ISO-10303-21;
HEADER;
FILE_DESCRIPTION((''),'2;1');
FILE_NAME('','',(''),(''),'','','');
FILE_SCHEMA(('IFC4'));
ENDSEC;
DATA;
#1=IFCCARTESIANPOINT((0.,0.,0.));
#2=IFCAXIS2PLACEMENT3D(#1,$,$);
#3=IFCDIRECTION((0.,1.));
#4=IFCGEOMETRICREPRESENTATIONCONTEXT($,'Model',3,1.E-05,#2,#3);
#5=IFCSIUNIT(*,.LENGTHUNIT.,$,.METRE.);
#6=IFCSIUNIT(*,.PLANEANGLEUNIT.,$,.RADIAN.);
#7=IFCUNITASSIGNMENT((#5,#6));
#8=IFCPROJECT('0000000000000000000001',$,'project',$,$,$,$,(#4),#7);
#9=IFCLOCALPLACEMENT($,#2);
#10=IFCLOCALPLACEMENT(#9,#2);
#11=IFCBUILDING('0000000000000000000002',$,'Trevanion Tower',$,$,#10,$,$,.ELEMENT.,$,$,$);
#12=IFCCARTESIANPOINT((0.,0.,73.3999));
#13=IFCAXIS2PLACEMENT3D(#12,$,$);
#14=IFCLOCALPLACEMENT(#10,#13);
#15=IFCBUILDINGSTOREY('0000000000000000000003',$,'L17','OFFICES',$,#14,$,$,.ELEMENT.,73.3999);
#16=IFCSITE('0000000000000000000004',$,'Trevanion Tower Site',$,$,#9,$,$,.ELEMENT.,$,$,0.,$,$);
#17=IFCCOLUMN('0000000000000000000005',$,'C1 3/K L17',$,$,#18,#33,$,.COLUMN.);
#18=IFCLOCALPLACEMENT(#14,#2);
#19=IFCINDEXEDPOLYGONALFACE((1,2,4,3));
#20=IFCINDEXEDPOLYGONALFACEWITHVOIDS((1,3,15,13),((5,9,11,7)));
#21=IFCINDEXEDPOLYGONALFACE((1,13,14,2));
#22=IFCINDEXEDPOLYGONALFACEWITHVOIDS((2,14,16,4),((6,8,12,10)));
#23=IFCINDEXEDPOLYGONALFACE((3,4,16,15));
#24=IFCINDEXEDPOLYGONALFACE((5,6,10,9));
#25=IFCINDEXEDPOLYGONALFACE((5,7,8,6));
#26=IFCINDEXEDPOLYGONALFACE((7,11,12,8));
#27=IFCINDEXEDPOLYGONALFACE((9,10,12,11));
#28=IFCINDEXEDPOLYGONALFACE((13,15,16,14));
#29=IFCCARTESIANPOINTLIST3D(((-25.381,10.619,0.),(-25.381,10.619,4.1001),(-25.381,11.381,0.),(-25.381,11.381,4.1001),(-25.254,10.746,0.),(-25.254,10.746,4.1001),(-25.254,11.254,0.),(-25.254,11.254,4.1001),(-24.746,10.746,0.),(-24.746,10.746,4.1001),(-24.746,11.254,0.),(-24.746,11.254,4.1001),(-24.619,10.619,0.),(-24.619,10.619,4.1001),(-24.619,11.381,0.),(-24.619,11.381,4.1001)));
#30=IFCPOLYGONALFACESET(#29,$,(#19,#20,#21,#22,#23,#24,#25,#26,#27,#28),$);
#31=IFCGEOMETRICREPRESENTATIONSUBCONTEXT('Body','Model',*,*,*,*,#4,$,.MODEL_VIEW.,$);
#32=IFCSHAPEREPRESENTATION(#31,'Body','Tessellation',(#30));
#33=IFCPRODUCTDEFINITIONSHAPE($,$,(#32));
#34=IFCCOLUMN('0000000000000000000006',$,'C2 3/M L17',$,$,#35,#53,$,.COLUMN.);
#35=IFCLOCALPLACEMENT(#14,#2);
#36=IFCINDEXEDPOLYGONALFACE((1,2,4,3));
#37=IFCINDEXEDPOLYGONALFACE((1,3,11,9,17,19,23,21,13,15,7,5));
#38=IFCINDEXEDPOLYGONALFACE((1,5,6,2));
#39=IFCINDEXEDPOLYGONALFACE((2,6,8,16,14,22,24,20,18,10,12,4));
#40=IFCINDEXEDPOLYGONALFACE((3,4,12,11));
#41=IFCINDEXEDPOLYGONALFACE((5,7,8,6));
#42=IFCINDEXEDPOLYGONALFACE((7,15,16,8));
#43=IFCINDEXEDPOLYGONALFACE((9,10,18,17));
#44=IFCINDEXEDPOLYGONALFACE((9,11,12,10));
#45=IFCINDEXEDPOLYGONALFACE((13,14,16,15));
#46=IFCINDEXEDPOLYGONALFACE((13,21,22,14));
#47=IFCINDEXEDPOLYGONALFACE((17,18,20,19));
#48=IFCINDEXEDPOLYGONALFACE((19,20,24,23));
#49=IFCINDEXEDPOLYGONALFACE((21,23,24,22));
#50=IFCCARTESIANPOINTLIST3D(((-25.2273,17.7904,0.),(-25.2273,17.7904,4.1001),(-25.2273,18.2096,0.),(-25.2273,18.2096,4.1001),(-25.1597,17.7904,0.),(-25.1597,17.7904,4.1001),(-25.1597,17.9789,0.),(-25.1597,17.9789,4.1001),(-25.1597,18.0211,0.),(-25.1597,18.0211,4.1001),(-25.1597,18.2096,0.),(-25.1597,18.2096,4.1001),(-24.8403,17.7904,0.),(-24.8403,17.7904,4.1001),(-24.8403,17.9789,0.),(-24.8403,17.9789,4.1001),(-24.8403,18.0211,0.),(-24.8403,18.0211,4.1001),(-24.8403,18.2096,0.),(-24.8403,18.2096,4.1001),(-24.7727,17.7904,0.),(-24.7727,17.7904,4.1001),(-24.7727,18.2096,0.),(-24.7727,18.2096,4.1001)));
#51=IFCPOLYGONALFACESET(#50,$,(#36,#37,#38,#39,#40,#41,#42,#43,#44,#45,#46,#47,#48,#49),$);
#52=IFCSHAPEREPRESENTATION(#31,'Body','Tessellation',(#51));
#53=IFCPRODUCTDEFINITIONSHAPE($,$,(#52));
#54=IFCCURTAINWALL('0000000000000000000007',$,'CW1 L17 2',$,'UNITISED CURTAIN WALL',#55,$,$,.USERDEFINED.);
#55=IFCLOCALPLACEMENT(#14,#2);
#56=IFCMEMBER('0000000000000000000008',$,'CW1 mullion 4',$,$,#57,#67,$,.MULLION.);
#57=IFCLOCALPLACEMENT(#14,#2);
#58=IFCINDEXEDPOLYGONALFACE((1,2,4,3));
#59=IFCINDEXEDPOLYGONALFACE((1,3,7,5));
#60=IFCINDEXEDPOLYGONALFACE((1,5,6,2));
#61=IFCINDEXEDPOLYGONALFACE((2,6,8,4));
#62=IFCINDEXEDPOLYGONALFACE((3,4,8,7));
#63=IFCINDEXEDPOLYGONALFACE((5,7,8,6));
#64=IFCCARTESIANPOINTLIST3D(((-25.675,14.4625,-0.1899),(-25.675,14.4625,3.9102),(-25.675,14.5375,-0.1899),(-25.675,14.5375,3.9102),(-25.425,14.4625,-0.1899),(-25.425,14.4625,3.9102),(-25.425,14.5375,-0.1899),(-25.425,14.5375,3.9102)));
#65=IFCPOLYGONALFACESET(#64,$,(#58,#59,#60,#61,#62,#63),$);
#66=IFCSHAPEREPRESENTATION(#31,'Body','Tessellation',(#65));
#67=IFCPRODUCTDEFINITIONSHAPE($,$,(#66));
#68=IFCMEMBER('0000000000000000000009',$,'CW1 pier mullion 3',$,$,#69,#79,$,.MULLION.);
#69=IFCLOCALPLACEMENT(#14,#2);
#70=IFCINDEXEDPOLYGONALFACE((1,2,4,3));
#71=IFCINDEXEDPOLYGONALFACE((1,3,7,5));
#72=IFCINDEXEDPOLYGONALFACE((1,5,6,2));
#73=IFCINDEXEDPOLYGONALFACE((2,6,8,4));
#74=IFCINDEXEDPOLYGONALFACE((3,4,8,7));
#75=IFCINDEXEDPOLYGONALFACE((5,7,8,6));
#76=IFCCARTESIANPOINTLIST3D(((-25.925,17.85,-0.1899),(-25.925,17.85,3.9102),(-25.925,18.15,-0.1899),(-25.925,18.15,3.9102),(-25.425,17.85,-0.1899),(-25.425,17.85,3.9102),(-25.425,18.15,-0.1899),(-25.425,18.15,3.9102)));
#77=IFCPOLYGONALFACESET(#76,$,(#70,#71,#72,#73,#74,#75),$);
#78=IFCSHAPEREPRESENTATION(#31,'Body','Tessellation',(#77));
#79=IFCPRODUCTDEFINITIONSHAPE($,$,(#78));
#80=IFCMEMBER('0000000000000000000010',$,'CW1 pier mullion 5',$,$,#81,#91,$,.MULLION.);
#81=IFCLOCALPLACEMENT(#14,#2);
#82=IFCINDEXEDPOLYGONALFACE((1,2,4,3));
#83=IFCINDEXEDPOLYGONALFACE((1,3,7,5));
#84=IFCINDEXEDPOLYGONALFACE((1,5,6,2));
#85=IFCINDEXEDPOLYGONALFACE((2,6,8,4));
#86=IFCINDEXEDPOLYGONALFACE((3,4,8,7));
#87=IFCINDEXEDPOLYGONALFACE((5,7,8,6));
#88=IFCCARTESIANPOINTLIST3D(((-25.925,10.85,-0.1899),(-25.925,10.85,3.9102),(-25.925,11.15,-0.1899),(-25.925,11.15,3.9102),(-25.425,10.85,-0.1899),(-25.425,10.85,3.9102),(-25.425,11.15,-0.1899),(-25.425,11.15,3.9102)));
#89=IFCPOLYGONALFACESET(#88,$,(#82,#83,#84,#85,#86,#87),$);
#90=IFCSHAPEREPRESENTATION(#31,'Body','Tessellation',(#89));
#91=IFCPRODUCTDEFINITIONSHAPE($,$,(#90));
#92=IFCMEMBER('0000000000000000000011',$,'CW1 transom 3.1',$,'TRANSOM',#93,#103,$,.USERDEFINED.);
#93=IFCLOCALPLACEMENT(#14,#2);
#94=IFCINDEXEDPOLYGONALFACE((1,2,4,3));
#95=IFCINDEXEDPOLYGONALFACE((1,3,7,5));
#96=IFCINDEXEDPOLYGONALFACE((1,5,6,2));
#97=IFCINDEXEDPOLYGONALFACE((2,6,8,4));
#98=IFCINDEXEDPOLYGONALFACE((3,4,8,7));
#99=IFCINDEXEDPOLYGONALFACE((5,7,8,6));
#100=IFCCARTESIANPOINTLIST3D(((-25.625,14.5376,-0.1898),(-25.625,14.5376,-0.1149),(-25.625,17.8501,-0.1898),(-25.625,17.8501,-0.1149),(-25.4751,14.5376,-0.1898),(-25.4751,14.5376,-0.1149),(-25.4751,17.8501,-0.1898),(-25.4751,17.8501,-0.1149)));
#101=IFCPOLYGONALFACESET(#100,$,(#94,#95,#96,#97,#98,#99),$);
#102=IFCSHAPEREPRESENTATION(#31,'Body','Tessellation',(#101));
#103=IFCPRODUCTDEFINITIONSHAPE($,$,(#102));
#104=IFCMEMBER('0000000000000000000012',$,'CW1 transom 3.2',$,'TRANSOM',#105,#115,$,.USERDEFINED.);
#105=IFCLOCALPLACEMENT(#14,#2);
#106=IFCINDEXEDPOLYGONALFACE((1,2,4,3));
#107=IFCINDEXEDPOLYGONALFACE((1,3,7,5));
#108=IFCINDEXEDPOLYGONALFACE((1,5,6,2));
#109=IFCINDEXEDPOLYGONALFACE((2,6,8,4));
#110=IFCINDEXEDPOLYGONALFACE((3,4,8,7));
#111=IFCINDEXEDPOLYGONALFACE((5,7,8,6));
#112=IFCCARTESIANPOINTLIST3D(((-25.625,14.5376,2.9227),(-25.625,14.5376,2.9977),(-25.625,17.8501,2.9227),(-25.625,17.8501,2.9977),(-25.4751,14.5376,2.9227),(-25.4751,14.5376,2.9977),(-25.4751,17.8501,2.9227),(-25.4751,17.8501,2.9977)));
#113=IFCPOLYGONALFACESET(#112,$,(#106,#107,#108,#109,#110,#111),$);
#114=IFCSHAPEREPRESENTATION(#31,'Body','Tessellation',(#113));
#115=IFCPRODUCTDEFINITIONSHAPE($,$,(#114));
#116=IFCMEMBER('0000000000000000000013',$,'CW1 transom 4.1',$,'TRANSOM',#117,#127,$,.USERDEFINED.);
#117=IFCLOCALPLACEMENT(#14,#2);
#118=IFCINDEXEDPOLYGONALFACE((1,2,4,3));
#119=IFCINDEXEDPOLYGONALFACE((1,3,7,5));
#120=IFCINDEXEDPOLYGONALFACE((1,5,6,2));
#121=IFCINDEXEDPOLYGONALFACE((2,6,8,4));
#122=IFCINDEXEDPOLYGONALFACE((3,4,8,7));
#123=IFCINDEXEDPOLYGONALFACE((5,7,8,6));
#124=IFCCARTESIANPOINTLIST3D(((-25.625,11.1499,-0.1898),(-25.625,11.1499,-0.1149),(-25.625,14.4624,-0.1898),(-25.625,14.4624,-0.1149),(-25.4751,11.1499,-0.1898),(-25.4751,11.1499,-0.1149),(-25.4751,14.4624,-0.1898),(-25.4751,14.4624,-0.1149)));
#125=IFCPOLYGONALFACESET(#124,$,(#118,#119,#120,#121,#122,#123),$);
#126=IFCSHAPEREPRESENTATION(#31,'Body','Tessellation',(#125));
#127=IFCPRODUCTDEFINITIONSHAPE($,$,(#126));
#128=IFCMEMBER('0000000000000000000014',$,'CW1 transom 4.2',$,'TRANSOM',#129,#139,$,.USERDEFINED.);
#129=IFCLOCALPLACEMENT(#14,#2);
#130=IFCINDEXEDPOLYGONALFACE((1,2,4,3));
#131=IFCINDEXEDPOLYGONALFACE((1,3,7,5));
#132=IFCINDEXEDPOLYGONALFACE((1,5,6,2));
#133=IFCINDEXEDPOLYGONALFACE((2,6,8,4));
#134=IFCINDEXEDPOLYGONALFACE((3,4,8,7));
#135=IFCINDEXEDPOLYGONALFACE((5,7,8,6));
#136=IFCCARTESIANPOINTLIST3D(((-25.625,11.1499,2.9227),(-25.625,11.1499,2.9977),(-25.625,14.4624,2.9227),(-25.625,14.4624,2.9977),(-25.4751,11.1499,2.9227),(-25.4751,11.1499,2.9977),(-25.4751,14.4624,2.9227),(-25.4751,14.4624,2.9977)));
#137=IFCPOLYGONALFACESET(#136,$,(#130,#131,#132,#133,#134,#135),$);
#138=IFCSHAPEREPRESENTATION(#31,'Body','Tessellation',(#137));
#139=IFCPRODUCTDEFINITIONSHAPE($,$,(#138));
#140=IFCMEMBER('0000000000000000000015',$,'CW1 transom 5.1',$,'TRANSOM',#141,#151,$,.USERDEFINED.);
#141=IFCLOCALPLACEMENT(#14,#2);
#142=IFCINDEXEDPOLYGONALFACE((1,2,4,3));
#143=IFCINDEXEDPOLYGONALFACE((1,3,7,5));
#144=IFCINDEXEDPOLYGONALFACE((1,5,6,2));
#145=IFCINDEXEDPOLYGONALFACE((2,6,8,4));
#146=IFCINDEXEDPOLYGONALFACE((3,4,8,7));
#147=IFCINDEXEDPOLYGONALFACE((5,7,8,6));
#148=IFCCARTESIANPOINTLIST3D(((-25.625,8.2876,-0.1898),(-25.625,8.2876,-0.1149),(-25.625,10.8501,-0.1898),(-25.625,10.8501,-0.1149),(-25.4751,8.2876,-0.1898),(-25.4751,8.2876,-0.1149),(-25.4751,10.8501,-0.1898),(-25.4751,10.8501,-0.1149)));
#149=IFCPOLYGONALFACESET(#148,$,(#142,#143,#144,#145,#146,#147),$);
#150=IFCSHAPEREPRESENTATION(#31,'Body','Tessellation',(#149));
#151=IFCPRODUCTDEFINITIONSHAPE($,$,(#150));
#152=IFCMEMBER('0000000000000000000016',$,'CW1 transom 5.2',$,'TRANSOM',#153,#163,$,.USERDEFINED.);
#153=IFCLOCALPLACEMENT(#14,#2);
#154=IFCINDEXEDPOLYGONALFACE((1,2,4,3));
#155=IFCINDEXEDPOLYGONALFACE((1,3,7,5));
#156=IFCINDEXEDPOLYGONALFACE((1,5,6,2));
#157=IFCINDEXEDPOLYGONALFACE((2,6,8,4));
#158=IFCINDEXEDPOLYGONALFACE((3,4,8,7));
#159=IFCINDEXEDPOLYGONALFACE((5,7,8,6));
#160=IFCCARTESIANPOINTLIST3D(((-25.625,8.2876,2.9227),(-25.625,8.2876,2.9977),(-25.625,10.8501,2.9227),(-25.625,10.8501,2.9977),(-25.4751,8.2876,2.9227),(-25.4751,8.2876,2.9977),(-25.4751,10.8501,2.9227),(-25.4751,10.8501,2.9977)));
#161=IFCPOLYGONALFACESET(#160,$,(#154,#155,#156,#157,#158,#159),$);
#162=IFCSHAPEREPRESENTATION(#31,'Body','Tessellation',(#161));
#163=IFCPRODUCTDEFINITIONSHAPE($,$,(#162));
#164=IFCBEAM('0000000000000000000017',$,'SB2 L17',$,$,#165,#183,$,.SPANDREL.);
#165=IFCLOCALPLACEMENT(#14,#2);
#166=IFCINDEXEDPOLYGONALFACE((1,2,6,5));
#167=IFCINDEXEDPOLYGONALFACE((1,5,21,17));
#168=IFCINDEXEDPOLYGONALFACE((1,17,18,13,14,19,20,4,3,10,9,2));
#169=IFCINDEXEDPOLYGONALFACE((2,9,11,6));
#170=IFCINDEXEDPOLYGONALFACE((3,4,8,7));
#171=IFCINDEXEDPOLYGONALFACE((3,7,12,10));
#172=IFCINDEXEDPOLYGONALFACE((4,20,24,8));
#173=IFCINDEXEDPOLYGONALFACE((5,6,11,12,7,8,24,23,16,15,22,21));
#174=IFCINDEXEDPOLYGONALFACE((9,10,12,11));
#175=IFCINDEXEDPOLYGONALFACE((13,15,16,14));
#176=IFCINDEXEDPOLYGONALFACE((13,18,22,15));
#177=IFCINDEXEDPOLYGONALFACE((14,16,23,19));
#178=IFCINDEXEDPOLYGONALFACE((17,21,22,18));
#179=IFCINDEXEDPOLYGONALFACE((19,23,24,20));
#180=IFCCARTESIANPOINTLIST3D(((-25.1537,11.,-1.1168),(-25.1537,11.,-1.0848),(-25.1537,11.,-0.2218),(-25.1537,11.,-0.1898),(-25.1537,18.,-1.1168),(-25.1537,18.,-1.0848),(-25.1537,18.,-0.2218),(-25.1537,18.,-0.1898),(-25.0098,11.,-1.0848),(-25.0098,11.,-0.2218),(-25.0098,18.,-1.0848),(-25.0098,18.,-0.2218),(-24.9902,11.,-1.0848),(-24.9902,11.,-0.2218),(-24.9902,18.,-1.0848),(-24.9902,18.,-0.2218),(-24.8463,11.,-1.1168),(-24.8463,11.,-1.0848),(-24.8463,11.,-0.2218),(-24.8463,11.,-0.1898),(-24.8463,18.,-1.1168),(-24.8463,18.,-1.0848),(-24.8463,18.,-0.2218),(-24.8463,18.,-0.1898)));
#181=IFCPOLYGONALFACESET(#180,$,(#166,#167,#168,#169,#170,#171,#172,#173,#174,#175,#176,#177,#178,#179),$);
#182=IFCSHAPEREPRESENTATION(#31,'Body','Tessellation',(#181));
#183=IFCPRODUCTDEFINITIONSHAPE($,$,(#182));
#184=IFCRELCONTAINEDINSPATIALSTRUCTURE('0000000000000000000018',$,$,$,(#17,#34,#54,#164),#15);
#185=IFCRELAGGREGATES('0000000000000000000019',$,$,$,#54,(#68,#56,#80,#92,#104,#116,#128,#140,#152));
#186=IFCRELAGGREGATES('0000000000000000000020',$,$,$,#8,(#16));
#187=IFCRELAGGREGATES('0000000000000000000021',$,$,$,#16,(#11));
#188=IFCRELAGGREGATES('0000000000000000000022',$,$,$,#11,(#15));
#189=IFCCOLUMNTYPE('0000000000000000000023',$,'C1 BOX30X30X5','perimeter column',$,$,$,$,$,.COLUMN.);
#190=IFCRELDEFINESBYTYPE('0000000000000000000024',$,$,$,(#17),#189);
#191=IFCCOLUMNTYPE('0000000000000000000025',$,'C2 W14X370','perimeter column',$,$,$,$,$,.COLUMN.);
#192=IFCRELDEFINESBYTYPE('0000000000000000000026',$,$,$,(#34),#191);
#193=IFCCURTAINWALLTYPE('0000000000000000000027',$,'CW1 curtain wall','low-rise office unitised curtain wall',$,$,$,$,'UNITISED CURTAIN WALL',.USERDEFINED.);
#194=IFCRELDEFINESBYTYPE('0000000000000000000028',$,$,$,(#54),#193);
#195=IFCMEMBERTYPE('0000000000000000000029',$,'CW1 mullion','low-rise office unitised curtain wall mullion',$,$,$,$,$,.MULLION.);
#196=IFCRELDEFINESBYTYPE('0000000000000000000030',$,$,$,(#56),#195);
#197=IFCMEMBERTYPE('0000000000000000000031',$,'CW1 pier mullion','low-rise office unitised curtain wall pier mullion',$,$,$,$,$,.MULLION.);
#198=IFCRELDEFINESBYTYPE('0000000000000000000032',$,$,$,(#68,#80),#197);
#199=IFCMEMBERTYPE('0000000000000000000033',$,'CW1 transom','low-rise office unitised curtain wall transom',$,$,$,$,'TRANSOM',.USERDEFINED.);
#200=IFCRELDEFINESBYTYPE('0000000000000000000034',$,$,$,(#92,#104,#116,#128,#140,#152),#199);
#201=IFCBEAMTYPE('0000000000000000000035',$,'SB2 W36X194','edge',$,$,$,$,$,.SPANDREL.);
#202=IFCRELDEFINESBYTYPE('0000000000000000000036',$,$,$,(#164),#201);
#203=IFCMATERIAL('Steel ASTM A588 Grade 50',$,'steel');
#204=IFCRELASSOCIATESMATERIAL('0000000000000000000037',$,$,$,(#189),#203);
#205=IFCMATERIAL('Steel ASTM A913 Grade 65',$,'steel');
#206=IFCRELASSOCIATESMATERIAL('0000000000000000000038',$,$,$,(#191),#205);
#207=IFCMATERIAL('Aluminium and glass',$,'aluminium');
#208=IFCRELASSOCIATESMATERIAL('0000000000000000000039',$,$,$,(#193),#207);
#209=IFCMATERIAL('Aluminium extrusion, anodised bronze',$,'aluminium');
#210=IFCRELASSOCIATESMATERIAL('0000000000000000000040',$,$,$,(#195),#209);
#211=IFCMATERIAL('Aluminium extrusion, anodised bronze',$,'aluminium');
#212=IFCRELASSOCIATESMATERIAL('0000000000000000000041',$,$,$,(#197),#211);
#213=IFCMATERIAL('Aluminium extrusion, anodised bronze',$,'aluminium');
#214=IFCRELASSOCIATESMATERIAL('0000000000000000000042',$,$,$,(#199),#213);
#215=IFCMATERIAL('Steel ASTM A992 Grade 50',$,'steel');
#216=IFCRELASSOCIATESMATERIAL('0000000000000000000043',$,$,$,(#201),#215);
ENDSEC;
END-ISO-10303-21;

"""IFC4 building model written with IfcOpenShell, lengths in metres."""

from ifc_helpers import new_model, si_unit, direction, frame, origin, origin_2d, place, context, subcontext, project, spatial, rectangle, hollow_rectangle, i_section, extrude, material, material_profile, profile_set, type_object, element, aggregate, save


model = new_model("IFC4")

# Units and contexts
model_context = context("Model", 3, precision=1e-05, world=origin(), true_north=direction((0.0, 1.0)))
body_context = subcontext(model_context, "Body", "Model", "MODEL_VIEW")
ifc_project = project(units=[si_unit("LENGTHUNIT", "METRE"), si_unit("PLANEANGLEUNIT", "RADIAN")], contexts=[model_context])

# Site, building, storey
site_placement = place(None, origin())
site = spatial("IfcSite", under=ifc_project, at=site_placement, Name="Trevanion Tower Site", CompositionType="ELEMENT", RefElevation=0.0)
building_placement = place(site_placement, origin())
building = spatial("IfcBuilding", under=site, at=building_placement, Name="Trevanion Tower", CompositionType="ELEMENT")
storey_placement = place(building_placement, frame((0.0, 0.0, 73.3999)))
storey = spatial("IfcBuildingStorey", under=building, at=storey_placement, Name="L17", Description="OFFICES", CompositionType="ELEMENT", Elevation=73.3999)

# Columns
ifc_material_1 = material(Name="Steel ASTM A588 Grade 50", Category="steel")
ifc_material_profile_1 = material_profile(ifc_material_1, hollow_rectangle(XDim=0.762, YDim=0.762, WallThickness=0.127, at=origin_2d()), Name="BOX30X30X5")
ifc_profile_set_1 = profile_set([ifc_material_profile_1], Name="Steel ASTM A588 Grade 50")
column_type_1 = type_object("IfcColumnType", Name="C1 BOX30X30X5", Description="perimeter column", PredefinedType="COLUMN", material=ifc_profile_set_1)
column_1_placement = place(storey_placement, frame((-25.0, 11.0, 0.0), z_axis=(0.0, 0.0, 1.0), x_axis=(0.0, 1.0, 0.0)))
element("IfcColumn", 1, at=column_1_placement, inside=storey, type_object=column_type_1, Name="C1 3/K L17", PredefinedType="COLUMN", context=body_context, shape_type="SweptSolid", body=[
    extrude(hollow_rectangle(XDim=0.762, YDim=0.762, WallThickness=0.127, at=origin_2d()), origin(), (0.0, 0.0, 1.0), 4.1001),
])
ifc_material_2 = material(Name="Steel ASTM A913 Grade 65", Category="steel")
ifc_material_profile_2 = material_profile(ifc_material_2, i_section(OverallWidth=0.4192, OverallDepth=0.4546, WebThickness=0.0422, FlangeThickness=0.0676, at=origin_2d()), Name="W14X370")
ifc_profile_set_2 = profile_set([ifc_material_profile_2], Name="Steel ASTM A913 Grade 65")
column_type_2 = type_object("IfcColumnType", Name="C2 W14X370", Description="perimeter column", PredefinedType="COLUMN", material=ifc_profile_set_2)
column_2_placement = place(storey_placement, frame((-25.0, 18.0, 0.0), z_axis=(0.0, 0.0, 1.0), x_axis=(0.0, 1.0, 0.0)))
element("IfcColumn", 2, at=column_2_placement, inside=storey, type_object=column_type_2, Name="C2 3/M L17", PredefinedType="COLUMN", context=body_context, shape_type="SweptSolid", body=[
    extrude(i_section(OverallWidth=0.4192, OverallDepth=0.4546, WebThickness=0.0422, FlangeThickness=0.0676, at=origin_2d()), origin(), (0.0, 0.0, 1.0), 4.1001),
])

# Curtain wall, members
ifc_material_3 = material(Name="Aluminium and glass", Category="aluminium")
curtain_wall_type = type_object("IfcCurtainWallType", Name="CW1 curtain wall", Description="low-rise office unitised curtain wall", ElementType="UNITISED CURTAIN WALL", PredefinedType="USERDEFINED", material=ifc_material_3)
curtain_wall_placement = place(storey_placement, origin())
curtain_wall = element("IfcCurtainWall", 3, at=curtain_wall_placement, inside=storey, type_object=curtain_wall_type, Name="CW1 L17 2", ObjectType="UNITISED CURTAIN WALL", PredefinedType="USERDEFINED")
ifc_material_4 = material(Name="Aluminium extrusion, anodised bronze", Category="aluminium")
ifc_material_profile_3 = material_profile(ifc_material_4, rectangle(XDim=0.075, YDim=0.25, at=origin_2d()), Name="CW1 mullion")
ifc_profile_set_3 = profile_set([ifc_material_profile_3], Name="Aluminium extrusion, anodised bronze")
member_type_1 = type_object("IfcMemberType", Name="CW1 mullion", Description="low-rise office unitised curtain wall mullion", PredefinedType="MULLION", material=ifc_profile_set_3)
member_1_placement = place(storey_placement, frame((-25.55, 14.5, -0.1899), z_axis=(0.0, 0.0, 1.0), x_axis=(0.0, -1.0, 0.0)))
member_1 = element("IfcMember", 4, at=member_1_placement, type_object=member_type_1, Name="CW1 mullion 4", PredefinedType="MULLION", context=body_context, shape_type="SweptSolid", body=[
    extrude(rectangle(XDim=0.075, YDim=0.25, at=origin_2d()), origin(), (0.0, 0.0, 1.0), 4.1001),
])
ifc_material_5 = material(Name="Aluminium extrusion, anodised bronze", Category="aluminium")
ifc_material_profile_4 = material_profile(ifc_material_5, rectangle(XDim=0.3, YDim=0.5, at=origin_2d()), Name="CW1 pier mullion")
ifc_profile_set_4 = profile_set([ifc_material_profile_4], Name="Aluminium extrusion, anodised bronze")
member_type_2 = type_object("IfcMemberType", Name="CW1 pier mullion", Description="low-rise office unitised curtain wall pier mullion", PredefinedType="MULLION", material=ifc_profile_set_4)
member_2_placement = place(storey_placement, frame((-25.675, 18.0, -0.1899), z_axis=(0.0, 0.0, 1.0), x_axis=(0.0, -1.0, 0.0)))
member_2 = element("IfcMember", 5, at=member_2_placement, type_object=member_type_2, Name="CW1 pier mullion 3", PredefinedType="MULLION", context=body_context, shape_type="SweptSolid", body=[
    extrude(rectangle(XDim=0.3, YDim=0.5, at=origin_2d()), origin(), (0.0, 0.0, 1.0), 4.1001),
])
member_3_placement = place(storey_placement, frame((-25.675, 11.0, -0.1899), z_axis=(0.0, 0.0, 1.0), x_axis=(0.0, -1.0, 0.0)))
member_3 = element("IfcMember", 6, at=member_3_placement, type_object=member_type_2, Name="CW1 pier mullion 5", PredefinedType="MULLION", context=body_context, shape_type="SweptSolid", body=[
    extrude(rectangle(XDim=0.3, YDim=0.5, at=origin_2d()), origin(), (0.0, 0.0, 1.0), 4.1001),
])
ifc_material_6 = material(Name="Aluminium extrusion, anodised bronze", Category="aluminium")
ifc_material_profile_5 = material_profile(ifc_material_6, rectangle(XDim=0.1499, YDim=0.075, at=origin_2d()), Name="CW1 transom")
ifc_profile_set_5 = profile_set([ifc_material_profile_5], Name="Aluminium extrusion, anodised bronze")
member_type_3 = type_object("IfcMemberType", Name="CW1 transom", Description="low-rise office unitised curtain wall transom", ElementType="TRANSOM", PredefinedType="USERDEFINED", material=ifc_profile_set_5)
member_4_placement = place(storey_placement, frame((-25.55, 17.8501, -0.1523), z_axis=(0.0, -1.0, 0.0), x_axis=(1.0, 0.0, 0.0)))
member_4 = element("IfcMember", 7, at=member_4_placement, type_object=member_type_3, Name="CW1 transom 3.1", ObjectType="TRANSOM", PredefinedType="USERDEFINED", context=body_context, shape_type="SweptSolid", body=[
    extrude(rectangle(XDim=0.1499, YDim=0.075, at=origin_2d()), origin(), (0.0, 0.0, 1.0), 3.3125),
])
member_5_placement = place(storey_placement, frame((-25.55, 17.8501, 2.9602), z_axis=(0.0, -1.0, 0.0), x_axis=(1.0, 0.0, 0.0)))
member_5 = element("IfcMember", 8, at=member_5_placement, type_object=member_type_3, Name="CW1 transom 3.2", ObjectType="TRANSOM", PredefinedType="USERDEFINED", context=body_context, shape_type="SweptSolid", body=[
    extrude(rectangle(XDim=0.1499, YDim=0.075, at=origin_2d()), origin(), (0.0, 0.0, 1.0), 3.3125),
])
member_6_placement = place(storey_placement, frame((-25.55, 14.4624, -0.1523), z_axis=(0.0, -1.0, 0.0), x_axis=(1.0, 0.0, 0.0)))
member_6 = element("IfcMember", 9, at=member_6_placement, type_object=member_type_3, Name="CW1 transom 4.1", ObjectType="TRANSOM", PredefinedType="USERDEFINED", context=body_context, shape_type="SweptSolid", body=[
    extrude(rectangle(XDim=0.1499, YDim=0.075, at=origin_2d()), origin(), (0.0, 0.0, 1.0), 3.3125),
])
member_7_placement = place(storey_placement, frame((-25.55, 14.4624, 2.9602), z_axis=(0.0, -1.0, 0.0), x_axis=(1.0, 0.0, 0.0)))
member_7 = element("IfcMember", 10, at=member_7_placement, type_object=member_type_3, Name="CW1 transom 4.2", ObjectType="TRANSOM", PredefinedType="USERDEFINED", context=body_context, shape_type="SweptSolid", body=[
    extrude(rectangle(XDim=0.1499, YDim=0.075, at=origin_2d()), origin(), (0.0, 0.0, 1.0), 3.3125),
])
member_8_placement = place(storey_placement, frame((-25.55, 10.8501, -0.1523), z_axis=(0.0, -1.0, 0.0), x_axis=(1.0, 0.0, 0.0)))
member_8 = element("IfcMember", 11, at=member_8_placement, type_object=member_type_3, Name="CW1 transom 5.1", ObjectType="TRANSOM", PredefinedType="USERDEFINED", context=body_context, shape_type="SweptSolid", body=[
    extrude(rectangle(XDim=0.1499, YDim=0.075, at=origin_2d()), origin(), (0.0, 0.0, 1.0), 2.5625),
])
member_9_placement = place(storey_placement, frame((-25.55, 10.8501, 2.9602), z_axis=(0.0, -1.0, 0.0), x_axis=(1.0, 0.0, 0.0)))
member_9 = element("IfcMember", 12, at=member_9_placement, type_object=member_type_3, Name="CW1 transom 5.2", ObjectType="TRANSOM", PredefinedType="USERDEFINED", context=body_context, shape_type="SweptSolid", body=[
    extrude(rectangle(XDim=0.1499, YDim=0.075, at=origin_2d()), origin(), (0.0, 0.0, 1.0), 2.5625),
])

# Beam
ifc_material_7 = material(Name="Steel ASTM A992 Grade 50", Category="steel")
ifc_material_profile_6 = material_profile(ifc_material_7, i_section(OverallWidth=0.3074, OverallDepth=0.927, WebThickness=0.0195, FlangeThickness=0.032, at=origin_2d()), Name="W36X194")
ifc_profile_set_6 = profile_set([ifc_material_profile_6], Name="Steel ASTM A992 Grade 50")
beam_type = type_object("IfcBeamType", Name="SB2 W36X194", Description="edge", PredefinedType="SPANDREL", material=ifc_profile_set_6)
beam_1_placement = place(storey_placement, frame((-25.0, 18.0, -0.6533), z_axis=(0.0, -1.0, 0.0), x_axis=(1.0, 0.0, 0.0)))
element("IfcBeam", 13, at=beam_1_placement, inside=storey, type_object=beam_type, Name="SB2 L17", PredefinedType="SPANDREL", context=body_context, shape_type="SweptSolid", body=[
    extrude(i_section(OverallWidth=0.3074, OverallDepth=0.927, WebThickness=0.0195, FlangeThickness=0.032, at=origin_2d()), origin(), (0.0, 0.0, 1.0), 7.0),
])

aggregate(curtain_wall, [member_2, member_1, member_3, member_4, member_5, member_6, member_7, member_8, member_9])

save(model, "model.ifc")
